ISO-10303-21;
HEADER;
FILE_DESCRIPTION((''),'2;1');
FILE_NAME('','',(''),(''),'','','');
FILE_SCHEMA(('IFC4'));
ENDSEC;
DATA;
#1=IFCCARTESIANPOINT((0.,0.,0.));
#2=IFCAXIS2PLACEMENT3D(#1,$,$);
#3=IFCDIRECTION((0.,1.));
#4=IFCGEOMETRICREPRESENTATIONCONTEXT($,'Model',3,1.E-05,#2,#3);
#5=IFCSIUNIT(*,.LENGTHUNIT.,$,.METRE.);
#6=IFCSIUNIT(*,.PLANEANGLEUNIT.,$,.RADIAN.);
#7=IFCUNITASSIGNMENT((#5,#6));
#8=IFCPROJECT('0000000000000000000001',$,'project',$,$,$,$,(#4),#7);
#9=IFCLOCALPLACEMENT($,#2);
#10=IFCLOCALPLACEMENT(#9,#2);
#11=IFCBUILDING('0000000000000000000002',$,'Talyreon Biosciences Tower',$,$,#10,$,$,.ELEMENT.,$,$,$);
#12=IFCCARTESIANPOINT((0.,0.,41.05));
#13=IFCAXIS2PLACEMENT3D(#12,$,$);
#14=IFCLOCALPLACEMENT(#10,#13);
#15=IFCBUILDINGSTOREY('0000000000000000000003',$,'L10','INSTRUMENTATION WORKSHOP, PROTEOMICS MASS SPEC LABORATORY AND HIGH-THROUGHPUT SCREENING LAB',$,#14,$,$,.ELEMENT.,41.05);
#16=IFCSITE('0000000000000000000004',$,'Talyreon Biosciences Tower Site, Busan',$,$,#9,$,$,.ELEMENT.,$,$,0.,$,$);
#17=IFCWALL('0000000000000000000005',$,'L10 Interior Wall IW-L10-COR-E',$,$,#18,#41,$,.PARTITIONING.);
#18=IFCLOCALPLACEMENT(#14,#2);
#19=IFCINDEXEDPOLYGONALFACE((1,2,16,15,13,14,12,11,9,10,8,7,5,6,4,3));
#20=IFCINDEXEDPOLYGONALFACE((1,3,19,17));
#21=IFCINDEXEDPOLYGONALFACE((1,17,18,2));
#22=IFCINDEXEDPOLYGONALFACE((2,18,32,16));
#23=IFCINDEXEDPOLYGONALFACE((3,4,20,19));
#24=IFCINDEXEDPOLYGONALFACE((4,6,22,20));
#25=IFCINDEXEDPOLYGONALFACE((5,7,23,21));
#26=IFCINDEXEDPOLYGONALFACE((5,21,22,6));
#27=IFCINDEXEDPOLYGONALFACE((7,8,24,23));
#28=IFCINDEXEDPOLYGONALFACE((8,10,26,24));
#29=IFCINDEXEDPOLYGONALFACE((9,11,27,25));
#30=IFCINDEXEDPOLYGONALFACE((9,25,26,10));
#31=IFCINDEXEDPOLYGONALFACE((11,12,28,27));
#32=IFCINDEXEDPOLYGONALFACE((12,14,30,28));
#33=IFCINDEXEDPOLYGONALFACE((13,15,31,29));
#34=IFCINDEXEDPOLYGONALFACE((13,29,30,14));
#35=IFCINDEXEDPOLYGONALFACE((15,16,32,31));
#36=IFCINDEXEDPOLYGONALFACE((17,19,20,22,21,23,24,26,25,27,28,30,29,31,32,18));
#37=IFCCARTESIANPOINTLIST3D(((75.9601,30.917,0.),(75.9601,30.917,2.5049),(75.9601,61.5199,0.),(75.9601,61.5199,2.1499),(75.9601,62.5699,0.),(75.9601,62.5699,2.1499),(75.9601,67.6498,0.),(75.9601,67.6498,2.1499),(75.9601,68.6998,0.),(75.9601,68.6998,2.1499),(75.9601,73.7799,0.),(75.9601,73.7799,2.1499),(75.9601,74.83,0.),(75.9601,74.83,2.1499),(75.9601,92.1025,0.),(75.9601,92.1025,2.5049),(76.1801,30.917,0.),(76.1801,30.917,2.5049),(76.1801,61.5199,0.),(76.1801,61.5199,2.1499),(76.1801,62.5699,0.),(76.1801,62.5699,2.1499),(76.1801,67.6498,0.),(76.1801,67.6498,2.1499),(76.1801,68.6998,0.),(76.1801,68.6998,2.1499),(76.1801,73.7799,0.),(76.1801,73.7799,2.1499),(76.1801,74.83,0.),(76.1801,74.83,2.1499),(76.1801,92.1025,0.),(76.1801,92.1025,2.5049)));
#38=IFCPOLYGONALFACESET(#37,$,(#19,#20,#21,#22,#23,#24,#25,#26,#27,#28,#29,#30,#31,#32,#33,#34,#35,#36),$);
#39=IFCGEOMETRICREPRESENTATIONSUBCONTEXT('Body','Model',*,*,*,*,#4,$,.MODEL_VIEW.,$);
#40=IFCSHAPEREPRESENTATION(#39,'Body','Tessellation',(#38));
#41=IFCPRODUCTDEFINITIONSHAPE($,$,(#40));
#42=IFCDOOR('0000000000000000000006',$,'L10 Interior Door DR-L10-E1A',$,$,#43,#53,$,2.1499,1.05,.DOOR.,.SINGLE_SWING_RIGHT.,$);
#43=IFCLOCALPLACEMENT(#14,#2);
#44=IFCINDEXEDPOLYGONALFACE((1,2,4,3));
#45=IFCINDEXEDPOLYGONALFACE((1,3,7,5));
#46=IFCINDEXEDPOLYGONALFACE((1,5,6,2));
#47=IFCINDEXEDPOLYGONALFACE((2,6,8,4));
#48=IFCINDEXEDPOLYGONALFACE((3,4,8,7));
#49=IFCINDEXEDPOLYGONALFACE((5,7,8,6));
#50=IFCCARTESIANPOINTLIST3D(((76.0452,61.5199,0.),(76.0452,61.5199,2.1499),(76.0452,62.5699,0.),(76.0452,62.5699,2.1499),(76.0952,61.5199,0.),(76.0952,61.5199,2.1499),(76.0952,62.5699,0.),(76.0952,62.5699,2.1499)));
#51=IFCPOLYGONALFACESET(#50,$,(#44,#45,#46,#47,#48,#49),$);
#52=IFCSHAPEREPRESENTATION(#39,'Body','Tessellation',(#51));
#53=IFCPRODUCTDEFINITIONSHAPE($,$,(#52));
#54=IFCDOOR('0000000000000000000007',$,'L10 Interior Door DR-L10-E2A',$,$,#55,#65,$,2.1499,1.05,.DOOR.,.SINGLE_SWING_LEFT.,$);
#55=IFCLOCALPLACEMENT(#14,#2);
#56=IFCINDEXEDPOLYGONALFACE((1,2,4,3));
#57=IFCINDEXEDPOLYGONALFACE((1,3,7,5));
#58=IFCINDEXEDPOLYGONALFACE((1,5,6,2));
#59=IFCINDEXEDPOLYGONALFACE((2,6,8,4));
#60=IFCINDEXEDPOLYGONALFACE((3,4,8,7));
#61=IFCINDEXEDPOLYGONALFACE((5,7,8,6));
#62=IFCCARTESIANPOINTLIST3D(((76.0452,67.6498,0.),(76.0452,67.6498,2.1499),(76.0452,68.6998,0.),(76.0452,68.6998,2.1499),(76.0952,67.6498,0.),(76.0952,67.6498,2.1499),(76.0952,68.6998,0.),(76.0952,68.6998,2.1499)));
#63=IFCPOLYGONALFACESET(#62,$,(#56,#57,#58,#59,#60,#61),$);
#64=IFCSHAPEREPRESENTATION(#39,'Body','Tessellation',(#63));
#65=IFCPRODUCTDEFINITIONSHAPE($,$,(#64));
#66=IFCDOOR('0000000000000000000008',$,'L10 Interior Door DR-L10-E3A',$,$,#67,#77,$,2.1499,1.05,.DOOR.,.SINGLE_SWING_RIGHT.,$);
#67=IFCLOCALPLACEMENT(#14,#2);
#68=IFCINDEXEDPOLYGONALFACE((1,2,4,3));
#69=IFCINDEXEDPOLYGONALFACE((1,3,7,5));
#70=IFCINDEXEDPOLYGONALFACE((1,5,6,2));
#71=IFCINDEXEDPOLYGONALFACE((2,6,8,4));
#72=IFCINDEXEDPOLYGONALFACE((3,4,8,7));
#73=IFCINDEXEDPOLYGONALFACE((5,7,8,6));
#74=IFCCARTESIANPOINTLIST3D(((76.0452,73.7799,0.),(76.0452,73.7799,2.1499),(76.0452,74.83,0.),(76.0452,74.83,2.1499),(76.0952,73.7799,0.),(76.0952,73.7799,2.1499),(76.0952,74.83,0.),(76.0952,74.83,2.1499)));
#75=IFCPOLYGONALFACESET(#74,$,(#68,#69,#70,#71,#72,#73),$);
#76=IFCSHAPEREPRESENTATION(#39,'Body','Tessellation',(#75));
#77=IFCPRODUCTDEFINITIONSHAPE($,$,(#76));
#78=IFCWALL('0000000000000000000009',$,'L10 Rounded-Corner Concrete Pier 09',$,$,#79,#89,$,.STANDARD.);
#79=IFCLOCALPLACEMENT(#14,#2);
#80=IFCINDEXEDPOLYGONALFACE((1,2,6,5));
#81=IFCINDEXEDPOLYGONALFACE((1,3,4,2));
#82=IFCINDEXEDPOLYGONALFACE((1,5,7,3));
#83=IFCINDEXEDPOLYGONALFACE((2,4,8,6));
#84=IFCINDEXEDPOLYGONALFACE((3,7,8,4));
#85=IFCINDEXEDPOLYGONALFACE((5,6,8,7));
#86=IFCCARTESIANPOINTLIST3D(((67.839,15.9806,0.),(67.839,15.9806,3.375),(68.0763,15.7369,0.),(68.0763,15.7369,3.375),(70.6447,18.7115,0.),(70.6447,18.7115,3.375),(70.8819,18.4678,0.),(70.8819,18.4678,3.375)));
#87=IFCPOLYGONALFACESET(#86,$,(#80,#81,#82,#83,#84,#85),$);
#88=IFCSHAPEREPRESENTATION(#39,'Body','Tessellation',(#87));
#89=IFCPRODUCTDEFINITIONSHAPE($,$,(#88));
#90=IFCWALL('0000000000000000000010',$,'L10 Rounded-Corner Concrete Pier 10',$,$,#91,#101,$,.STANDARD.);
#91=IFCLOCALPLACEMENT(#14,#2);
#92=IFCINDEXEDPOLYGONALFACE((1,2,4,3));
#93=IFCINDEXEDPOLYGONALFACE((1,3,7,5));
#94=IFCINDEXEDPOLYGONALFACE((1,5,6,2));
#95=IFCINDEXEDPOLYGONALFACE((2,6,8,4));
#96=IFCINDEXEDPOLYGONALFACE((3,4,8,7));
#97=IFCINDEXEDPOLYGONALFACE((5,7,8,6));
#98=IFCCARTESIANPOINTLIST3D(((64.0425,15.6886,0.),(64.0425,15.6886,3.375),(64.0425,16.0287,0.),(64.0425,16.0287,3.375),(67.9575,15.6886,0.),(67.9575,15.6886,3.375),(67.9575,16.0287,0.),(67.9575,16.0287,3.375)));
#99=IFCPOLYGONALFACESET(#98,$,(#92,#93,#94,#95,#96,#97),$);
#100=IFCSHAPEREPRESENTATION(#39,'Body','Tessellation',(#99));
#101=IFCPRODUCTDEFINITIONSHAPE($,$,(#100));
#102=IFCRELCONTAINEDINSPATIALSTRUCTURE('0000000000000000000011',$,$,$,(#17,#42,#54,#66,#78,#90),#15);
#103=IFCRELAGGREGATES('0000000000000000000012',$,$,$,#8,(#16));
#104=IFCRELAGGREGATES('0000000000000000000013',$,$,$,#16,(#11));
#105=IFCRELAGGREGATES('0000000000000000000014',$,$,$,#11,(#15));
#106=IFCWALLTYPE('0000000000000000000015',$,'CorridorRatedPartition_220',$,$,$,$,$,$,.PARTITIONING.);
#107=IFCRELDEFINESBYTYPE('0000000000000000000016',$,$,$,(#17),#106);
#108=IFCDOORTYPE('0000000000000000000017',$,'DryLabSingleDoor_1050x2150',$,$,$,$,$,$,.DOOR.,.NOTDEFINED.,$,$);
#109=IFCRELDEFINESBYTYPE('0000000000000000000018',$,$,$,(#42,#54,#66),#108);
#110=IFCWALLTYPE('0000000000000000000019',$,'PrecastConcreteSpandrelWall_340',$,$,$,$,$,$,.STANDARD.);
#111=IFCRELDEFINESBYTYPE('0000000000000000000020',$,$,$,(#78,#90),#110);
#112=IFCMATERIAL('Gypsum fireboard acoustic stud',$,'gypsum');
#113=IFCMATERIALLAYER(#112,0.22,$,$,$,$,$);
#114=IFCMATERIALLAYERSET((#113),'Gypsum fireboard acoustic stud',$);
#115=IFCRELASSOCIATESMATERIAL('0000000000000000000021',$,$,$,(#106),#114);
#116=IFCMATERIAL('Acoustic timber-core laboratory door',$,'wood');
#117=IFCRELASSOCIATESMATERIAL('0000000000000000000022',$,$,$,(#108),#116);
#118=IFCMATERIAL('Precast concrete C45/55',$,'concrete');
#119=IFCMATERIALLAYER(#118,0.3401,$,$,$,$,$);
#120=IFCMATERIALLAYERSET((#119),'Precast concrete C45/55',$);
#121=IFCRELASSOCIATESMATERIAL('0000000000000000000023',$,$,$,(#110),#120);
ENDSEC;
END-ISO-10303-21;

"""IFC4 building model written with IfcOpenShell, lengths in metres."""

from ifc_helpers import new_model, si_unit, direction, frame, frame_2d, origin, place, context, subcontext, project, spatial, rectangle, extrude, material, layer, layer_set, type_object, element, fill, save


model = new_model("IFC4")

# Units and contexts
model_context = context("Model", 3, precision=1e-05, world=origin(), true_north=direction((0.0, 1.0)))
body_context = subcontext(model_context, "Body", "Model", "MODEL_VIEW")
ifc_project = project(units=[si_unit("LENGTHUNIT", "METRE"), si_unit("PLANEANGLEUNIT", "RADIAN")], contexts=[model_context])

# Site, building, storey
site_placement = place(None, origin())
site = spatial("IfcSite", under=ifc_project, at=site_placement, Name="Talyreon Biosciences Tower Site, Busan", CompositionType="ELEMENT", RefElevation=0.0)
building_placement = place(site_placement, origin())
building = spatial("IfcBuilding", under=site, at=building_placement, Name="Talyreon Biosciences Tower", CompositionType="ELEMENT")
storey_placement = place(building_placement, frame((0.0, 0.0, 41.05)))
storey = spatial("IfcBuildingStorey", under=building, at=storey_placement, Name="L10", Description="INSTRUMENTATION WORKSHOP, PROTEOMICS MASS SPEC LABORATORY AND HIGH-THROUGHPUT SCREENING LAB", CompositionType="ELEMENT", Elevation=41.05)

# Shared definitions
ifc_material_1 = material(Name="Precast concrete C45/55", Category="concrete")

# Wall, openings, doors
ifc_material_2 = material(Name="Gypsum fireboard acoustic stud", Category="gypsum")
ifc_layer_1 = layer(ifc_material_2, 0.22)
ifc_layer_set_1 = layer_set([ifc_layer_1], Name="Gypsum fireboard acoustic stud")
wall_type_1 = type_object("IfcWallType", Name="CorridorRatedPartition_220", PredefinedType="PARTITIONING", material=ifc_layer_set_1)
wall_1_placement = place(storey_placement, frame((76.0701, 30.917, 0.0), z_axis=(0.0, 0.0, 1.0), x_axis=(0.0, 1.0, 0.0)))
wall_1 = element("IfcWall", 1, at=wall_1_placement, inside=storey, type_object=wall_type_1, Name="L10 Interior Wall IW-L10-COR-E", PredefinedType="PARTITIONING", context=body_context, shape_type="SweptSolid", body=[
    extrude(rectangle(XDim=61.1855, YDim=0.22, at=frame_2d((30.5928, 0.0))), origin(), (0.0, 0.0, 1.0), 2.5049),
])
opening_1_placement = place(wall_1_placement, frame((30.603, 0.0, 0.0)))
opening_1 = element("IfcOpeningElement", 2, at=opening_1_placement, cuts=wall_1, PredefinedType="OPENING", context=body_context, shape_type="SweptSolid", body=[
    extrude(rectangle(XDim=1.05, YDim=2.1499, at=frame_2d((0.5249, 1.075))), frame((0.0, 0.1199, 0.0), z_axis=(0.0, -1.0, 0.0), x_axis=(1.0, 0.0, 0.0)), (0.0, 0.0, 1.0), 0.24),
])
opening_2_placement = place(wall_1_placement, frame((36.7329, 0.0, 0.0)))
opening_2 = element("IfcOpeningElement", 3, at=opening_2_placement, cuts=wall_1, PredefinedType="OPENING", context=body_context, shape_type="SweptSolid", body=[
    extrude(rectangle(XDim=1.05, YDim=2.1499, at=frame_2d((0.5249, 1.075))), frame((0.0, 0.1199, 0.0), z_axis=(0.0, -1.0, 0.0), x_axis=(1.0, 0.0, 0.0)), (0.0, 0.0, 1.0), 0.24),
])
opening_3_placement = place(wall_1_placement, frame((42.863, 0.0, 0.0)))
opening_3 = element("IfcOpeningElement", 4, at=opening_3_placement, cuts=wall_1, PredefinedType="OPENING", context=body_context, shape_type="SweptSolid", body=[
    extrude(rectangle(XDim=1.05, YDim=2.1499, at=frame_2d((0.5249, 1.075))), frame((0.0, 0.1199, 0.0), z_axis=(0.0, -1.0, 0.0), x_axis=(1.0, 0.0, 0.0)), (0.0, 0.0, 1.0), 0.24),
])
ifc_material_3 = material(Name="Acoustic timber-core laboratory door", Category="wood")
door_type = type_object("IfcDoorType", Name="DryLabSingleDoor_1050x2150", OperationType="NOTDEFINED", PredefinedType="DOOR", material=ifc_material_3)
door_1_placement = place(opening_1_placement, origin())
door_1 = element("IfcDoor", 5, at=door_1_placement, inside=storey, type_object=door_type, Name="L10 Interior Door DR-L10-E1A", OperationType="SINGLE_SWING_RIGHT", OverallHeight=2.1499, OverallWidth=1.05, PredefinedType="DOOR", context=body_context, shape_type="SweptSolid", body=[
    extrude(rectangle(XDim=1.05, YDim=2.1499, at=frame_2d((0.5249, 1.075))), frame((0.0, 0.0249, 0.0), z_axis=(0.0, -1.0, 0.0), x_axis=(1.0, 0.0, 0.0)), (0.0, 0.0, 1.0), 0.05),
])
fill(opening_1, door_1)
door_2_placement = place(opening_2_placement, origin())
door_2 = element("IfcDoor", 6, at=door_2_placement, inside=storey, type_object=door_type, Name="L10 Interior Door DR-L10-E2A", OperationType="SINGLE_SWING_LEFT", OverallHeight=2.1499, OverallWidth=1.05, PredefinedType="DOOR", context=body_context, shape_type="SweptSolid", body=[
    extrude(rectangle(XDim=1.05, YDim=2.1499, at=frame_2d((0.5249, 1.075))), frame((0.0, 0.0249, 0.0), z_axis=(0.0, -1.0, 0.0), x_axis=(1.0, 0.0, 0.0)), (0.0, 0.0, 1.0), 0.05),
])
fill(opening_2, door_2)
door_3_placement = place(opening_3_placement, origin())
door_3 = element("IfcDoor", 7, at=door_3_placement, inside=storey, type_object=door_type, Name="L10 Interior Door DR-L10-E3A", OperationType="SINGLE_SWING_RIGHT", OverallHeight=2.1499, OverallWidth=1.05, PredefinedType="DOOR", context=body_context, shape_type="SweptSolid", body=[
    extrude(rectangle(XDim=1.05, YDim=2.1499, at=frame_2d((0.5249, 1.075))), frame((0.0, 0.0249, 0.0), z_axis=(0.0, -1.0, 0.0), x_axis=(1.0, 0.0, 0.0)), (0.0, 0.0, 1.0), 0.05),
])
fill(opening_3, door_3)

# Walls
ifc_layer_2 = layer(ifc_material_1, 0.3401)
ifc_layer_set_2 = layer_set([ifc_layer_2], Name="Precast concrete C45/55")
wall_type_2 = type_object("IfcWallType", Name="PrecastConcreteSpandrelWall_340", PredefinedType="STANDARD", material=ifc_layer_set_2)
wall_2_placement = place(storey_placement, frame((70.7632, 18.5896, 0.0), z_axis=(0.0, 0.0, 1.0), x_axis=(-0.716583, -0.697502, 0.0)))
element("IfcWall", 8, at=wall_2_placement, inside=storey, type_object=wall_type_2, Name="L10 Rounded-Corner Concrete Pier 09", PredefinedType="STANDARD", context=body_context, shape_type="SweptSolid", body=[
    extrude(rectangle(XDim=3.9153, YDim=0.3401, at=frame_2d((1.9575, 0.0))), origin(), (0.0, 0.0, 1.0), 3.375),
])
wall_3_placement = place(storey_placement, frame((67.9575, 15.8586, 0.0), z_axis=(0.0, 0.0, 1.0), x_axis=(-1.0, 0.0, 0.0)))
element("IfcWall", 9, at=wall_3_placement, inside=storey, type_object=wall_type_2, Name="L10 Rounded-Corner Concrete Pier 10", PredefinedType="STANDARD", context=body_context, shape_type="SweptSolid", body=[
    extrude(rectangle(XDim=3.915, YDim=0.3401, at=frame_2d((1.9575, 0.0))), origin(), (0.0, 0.0, 1.0), 3.375),
])

save(model, "model.ifc")
